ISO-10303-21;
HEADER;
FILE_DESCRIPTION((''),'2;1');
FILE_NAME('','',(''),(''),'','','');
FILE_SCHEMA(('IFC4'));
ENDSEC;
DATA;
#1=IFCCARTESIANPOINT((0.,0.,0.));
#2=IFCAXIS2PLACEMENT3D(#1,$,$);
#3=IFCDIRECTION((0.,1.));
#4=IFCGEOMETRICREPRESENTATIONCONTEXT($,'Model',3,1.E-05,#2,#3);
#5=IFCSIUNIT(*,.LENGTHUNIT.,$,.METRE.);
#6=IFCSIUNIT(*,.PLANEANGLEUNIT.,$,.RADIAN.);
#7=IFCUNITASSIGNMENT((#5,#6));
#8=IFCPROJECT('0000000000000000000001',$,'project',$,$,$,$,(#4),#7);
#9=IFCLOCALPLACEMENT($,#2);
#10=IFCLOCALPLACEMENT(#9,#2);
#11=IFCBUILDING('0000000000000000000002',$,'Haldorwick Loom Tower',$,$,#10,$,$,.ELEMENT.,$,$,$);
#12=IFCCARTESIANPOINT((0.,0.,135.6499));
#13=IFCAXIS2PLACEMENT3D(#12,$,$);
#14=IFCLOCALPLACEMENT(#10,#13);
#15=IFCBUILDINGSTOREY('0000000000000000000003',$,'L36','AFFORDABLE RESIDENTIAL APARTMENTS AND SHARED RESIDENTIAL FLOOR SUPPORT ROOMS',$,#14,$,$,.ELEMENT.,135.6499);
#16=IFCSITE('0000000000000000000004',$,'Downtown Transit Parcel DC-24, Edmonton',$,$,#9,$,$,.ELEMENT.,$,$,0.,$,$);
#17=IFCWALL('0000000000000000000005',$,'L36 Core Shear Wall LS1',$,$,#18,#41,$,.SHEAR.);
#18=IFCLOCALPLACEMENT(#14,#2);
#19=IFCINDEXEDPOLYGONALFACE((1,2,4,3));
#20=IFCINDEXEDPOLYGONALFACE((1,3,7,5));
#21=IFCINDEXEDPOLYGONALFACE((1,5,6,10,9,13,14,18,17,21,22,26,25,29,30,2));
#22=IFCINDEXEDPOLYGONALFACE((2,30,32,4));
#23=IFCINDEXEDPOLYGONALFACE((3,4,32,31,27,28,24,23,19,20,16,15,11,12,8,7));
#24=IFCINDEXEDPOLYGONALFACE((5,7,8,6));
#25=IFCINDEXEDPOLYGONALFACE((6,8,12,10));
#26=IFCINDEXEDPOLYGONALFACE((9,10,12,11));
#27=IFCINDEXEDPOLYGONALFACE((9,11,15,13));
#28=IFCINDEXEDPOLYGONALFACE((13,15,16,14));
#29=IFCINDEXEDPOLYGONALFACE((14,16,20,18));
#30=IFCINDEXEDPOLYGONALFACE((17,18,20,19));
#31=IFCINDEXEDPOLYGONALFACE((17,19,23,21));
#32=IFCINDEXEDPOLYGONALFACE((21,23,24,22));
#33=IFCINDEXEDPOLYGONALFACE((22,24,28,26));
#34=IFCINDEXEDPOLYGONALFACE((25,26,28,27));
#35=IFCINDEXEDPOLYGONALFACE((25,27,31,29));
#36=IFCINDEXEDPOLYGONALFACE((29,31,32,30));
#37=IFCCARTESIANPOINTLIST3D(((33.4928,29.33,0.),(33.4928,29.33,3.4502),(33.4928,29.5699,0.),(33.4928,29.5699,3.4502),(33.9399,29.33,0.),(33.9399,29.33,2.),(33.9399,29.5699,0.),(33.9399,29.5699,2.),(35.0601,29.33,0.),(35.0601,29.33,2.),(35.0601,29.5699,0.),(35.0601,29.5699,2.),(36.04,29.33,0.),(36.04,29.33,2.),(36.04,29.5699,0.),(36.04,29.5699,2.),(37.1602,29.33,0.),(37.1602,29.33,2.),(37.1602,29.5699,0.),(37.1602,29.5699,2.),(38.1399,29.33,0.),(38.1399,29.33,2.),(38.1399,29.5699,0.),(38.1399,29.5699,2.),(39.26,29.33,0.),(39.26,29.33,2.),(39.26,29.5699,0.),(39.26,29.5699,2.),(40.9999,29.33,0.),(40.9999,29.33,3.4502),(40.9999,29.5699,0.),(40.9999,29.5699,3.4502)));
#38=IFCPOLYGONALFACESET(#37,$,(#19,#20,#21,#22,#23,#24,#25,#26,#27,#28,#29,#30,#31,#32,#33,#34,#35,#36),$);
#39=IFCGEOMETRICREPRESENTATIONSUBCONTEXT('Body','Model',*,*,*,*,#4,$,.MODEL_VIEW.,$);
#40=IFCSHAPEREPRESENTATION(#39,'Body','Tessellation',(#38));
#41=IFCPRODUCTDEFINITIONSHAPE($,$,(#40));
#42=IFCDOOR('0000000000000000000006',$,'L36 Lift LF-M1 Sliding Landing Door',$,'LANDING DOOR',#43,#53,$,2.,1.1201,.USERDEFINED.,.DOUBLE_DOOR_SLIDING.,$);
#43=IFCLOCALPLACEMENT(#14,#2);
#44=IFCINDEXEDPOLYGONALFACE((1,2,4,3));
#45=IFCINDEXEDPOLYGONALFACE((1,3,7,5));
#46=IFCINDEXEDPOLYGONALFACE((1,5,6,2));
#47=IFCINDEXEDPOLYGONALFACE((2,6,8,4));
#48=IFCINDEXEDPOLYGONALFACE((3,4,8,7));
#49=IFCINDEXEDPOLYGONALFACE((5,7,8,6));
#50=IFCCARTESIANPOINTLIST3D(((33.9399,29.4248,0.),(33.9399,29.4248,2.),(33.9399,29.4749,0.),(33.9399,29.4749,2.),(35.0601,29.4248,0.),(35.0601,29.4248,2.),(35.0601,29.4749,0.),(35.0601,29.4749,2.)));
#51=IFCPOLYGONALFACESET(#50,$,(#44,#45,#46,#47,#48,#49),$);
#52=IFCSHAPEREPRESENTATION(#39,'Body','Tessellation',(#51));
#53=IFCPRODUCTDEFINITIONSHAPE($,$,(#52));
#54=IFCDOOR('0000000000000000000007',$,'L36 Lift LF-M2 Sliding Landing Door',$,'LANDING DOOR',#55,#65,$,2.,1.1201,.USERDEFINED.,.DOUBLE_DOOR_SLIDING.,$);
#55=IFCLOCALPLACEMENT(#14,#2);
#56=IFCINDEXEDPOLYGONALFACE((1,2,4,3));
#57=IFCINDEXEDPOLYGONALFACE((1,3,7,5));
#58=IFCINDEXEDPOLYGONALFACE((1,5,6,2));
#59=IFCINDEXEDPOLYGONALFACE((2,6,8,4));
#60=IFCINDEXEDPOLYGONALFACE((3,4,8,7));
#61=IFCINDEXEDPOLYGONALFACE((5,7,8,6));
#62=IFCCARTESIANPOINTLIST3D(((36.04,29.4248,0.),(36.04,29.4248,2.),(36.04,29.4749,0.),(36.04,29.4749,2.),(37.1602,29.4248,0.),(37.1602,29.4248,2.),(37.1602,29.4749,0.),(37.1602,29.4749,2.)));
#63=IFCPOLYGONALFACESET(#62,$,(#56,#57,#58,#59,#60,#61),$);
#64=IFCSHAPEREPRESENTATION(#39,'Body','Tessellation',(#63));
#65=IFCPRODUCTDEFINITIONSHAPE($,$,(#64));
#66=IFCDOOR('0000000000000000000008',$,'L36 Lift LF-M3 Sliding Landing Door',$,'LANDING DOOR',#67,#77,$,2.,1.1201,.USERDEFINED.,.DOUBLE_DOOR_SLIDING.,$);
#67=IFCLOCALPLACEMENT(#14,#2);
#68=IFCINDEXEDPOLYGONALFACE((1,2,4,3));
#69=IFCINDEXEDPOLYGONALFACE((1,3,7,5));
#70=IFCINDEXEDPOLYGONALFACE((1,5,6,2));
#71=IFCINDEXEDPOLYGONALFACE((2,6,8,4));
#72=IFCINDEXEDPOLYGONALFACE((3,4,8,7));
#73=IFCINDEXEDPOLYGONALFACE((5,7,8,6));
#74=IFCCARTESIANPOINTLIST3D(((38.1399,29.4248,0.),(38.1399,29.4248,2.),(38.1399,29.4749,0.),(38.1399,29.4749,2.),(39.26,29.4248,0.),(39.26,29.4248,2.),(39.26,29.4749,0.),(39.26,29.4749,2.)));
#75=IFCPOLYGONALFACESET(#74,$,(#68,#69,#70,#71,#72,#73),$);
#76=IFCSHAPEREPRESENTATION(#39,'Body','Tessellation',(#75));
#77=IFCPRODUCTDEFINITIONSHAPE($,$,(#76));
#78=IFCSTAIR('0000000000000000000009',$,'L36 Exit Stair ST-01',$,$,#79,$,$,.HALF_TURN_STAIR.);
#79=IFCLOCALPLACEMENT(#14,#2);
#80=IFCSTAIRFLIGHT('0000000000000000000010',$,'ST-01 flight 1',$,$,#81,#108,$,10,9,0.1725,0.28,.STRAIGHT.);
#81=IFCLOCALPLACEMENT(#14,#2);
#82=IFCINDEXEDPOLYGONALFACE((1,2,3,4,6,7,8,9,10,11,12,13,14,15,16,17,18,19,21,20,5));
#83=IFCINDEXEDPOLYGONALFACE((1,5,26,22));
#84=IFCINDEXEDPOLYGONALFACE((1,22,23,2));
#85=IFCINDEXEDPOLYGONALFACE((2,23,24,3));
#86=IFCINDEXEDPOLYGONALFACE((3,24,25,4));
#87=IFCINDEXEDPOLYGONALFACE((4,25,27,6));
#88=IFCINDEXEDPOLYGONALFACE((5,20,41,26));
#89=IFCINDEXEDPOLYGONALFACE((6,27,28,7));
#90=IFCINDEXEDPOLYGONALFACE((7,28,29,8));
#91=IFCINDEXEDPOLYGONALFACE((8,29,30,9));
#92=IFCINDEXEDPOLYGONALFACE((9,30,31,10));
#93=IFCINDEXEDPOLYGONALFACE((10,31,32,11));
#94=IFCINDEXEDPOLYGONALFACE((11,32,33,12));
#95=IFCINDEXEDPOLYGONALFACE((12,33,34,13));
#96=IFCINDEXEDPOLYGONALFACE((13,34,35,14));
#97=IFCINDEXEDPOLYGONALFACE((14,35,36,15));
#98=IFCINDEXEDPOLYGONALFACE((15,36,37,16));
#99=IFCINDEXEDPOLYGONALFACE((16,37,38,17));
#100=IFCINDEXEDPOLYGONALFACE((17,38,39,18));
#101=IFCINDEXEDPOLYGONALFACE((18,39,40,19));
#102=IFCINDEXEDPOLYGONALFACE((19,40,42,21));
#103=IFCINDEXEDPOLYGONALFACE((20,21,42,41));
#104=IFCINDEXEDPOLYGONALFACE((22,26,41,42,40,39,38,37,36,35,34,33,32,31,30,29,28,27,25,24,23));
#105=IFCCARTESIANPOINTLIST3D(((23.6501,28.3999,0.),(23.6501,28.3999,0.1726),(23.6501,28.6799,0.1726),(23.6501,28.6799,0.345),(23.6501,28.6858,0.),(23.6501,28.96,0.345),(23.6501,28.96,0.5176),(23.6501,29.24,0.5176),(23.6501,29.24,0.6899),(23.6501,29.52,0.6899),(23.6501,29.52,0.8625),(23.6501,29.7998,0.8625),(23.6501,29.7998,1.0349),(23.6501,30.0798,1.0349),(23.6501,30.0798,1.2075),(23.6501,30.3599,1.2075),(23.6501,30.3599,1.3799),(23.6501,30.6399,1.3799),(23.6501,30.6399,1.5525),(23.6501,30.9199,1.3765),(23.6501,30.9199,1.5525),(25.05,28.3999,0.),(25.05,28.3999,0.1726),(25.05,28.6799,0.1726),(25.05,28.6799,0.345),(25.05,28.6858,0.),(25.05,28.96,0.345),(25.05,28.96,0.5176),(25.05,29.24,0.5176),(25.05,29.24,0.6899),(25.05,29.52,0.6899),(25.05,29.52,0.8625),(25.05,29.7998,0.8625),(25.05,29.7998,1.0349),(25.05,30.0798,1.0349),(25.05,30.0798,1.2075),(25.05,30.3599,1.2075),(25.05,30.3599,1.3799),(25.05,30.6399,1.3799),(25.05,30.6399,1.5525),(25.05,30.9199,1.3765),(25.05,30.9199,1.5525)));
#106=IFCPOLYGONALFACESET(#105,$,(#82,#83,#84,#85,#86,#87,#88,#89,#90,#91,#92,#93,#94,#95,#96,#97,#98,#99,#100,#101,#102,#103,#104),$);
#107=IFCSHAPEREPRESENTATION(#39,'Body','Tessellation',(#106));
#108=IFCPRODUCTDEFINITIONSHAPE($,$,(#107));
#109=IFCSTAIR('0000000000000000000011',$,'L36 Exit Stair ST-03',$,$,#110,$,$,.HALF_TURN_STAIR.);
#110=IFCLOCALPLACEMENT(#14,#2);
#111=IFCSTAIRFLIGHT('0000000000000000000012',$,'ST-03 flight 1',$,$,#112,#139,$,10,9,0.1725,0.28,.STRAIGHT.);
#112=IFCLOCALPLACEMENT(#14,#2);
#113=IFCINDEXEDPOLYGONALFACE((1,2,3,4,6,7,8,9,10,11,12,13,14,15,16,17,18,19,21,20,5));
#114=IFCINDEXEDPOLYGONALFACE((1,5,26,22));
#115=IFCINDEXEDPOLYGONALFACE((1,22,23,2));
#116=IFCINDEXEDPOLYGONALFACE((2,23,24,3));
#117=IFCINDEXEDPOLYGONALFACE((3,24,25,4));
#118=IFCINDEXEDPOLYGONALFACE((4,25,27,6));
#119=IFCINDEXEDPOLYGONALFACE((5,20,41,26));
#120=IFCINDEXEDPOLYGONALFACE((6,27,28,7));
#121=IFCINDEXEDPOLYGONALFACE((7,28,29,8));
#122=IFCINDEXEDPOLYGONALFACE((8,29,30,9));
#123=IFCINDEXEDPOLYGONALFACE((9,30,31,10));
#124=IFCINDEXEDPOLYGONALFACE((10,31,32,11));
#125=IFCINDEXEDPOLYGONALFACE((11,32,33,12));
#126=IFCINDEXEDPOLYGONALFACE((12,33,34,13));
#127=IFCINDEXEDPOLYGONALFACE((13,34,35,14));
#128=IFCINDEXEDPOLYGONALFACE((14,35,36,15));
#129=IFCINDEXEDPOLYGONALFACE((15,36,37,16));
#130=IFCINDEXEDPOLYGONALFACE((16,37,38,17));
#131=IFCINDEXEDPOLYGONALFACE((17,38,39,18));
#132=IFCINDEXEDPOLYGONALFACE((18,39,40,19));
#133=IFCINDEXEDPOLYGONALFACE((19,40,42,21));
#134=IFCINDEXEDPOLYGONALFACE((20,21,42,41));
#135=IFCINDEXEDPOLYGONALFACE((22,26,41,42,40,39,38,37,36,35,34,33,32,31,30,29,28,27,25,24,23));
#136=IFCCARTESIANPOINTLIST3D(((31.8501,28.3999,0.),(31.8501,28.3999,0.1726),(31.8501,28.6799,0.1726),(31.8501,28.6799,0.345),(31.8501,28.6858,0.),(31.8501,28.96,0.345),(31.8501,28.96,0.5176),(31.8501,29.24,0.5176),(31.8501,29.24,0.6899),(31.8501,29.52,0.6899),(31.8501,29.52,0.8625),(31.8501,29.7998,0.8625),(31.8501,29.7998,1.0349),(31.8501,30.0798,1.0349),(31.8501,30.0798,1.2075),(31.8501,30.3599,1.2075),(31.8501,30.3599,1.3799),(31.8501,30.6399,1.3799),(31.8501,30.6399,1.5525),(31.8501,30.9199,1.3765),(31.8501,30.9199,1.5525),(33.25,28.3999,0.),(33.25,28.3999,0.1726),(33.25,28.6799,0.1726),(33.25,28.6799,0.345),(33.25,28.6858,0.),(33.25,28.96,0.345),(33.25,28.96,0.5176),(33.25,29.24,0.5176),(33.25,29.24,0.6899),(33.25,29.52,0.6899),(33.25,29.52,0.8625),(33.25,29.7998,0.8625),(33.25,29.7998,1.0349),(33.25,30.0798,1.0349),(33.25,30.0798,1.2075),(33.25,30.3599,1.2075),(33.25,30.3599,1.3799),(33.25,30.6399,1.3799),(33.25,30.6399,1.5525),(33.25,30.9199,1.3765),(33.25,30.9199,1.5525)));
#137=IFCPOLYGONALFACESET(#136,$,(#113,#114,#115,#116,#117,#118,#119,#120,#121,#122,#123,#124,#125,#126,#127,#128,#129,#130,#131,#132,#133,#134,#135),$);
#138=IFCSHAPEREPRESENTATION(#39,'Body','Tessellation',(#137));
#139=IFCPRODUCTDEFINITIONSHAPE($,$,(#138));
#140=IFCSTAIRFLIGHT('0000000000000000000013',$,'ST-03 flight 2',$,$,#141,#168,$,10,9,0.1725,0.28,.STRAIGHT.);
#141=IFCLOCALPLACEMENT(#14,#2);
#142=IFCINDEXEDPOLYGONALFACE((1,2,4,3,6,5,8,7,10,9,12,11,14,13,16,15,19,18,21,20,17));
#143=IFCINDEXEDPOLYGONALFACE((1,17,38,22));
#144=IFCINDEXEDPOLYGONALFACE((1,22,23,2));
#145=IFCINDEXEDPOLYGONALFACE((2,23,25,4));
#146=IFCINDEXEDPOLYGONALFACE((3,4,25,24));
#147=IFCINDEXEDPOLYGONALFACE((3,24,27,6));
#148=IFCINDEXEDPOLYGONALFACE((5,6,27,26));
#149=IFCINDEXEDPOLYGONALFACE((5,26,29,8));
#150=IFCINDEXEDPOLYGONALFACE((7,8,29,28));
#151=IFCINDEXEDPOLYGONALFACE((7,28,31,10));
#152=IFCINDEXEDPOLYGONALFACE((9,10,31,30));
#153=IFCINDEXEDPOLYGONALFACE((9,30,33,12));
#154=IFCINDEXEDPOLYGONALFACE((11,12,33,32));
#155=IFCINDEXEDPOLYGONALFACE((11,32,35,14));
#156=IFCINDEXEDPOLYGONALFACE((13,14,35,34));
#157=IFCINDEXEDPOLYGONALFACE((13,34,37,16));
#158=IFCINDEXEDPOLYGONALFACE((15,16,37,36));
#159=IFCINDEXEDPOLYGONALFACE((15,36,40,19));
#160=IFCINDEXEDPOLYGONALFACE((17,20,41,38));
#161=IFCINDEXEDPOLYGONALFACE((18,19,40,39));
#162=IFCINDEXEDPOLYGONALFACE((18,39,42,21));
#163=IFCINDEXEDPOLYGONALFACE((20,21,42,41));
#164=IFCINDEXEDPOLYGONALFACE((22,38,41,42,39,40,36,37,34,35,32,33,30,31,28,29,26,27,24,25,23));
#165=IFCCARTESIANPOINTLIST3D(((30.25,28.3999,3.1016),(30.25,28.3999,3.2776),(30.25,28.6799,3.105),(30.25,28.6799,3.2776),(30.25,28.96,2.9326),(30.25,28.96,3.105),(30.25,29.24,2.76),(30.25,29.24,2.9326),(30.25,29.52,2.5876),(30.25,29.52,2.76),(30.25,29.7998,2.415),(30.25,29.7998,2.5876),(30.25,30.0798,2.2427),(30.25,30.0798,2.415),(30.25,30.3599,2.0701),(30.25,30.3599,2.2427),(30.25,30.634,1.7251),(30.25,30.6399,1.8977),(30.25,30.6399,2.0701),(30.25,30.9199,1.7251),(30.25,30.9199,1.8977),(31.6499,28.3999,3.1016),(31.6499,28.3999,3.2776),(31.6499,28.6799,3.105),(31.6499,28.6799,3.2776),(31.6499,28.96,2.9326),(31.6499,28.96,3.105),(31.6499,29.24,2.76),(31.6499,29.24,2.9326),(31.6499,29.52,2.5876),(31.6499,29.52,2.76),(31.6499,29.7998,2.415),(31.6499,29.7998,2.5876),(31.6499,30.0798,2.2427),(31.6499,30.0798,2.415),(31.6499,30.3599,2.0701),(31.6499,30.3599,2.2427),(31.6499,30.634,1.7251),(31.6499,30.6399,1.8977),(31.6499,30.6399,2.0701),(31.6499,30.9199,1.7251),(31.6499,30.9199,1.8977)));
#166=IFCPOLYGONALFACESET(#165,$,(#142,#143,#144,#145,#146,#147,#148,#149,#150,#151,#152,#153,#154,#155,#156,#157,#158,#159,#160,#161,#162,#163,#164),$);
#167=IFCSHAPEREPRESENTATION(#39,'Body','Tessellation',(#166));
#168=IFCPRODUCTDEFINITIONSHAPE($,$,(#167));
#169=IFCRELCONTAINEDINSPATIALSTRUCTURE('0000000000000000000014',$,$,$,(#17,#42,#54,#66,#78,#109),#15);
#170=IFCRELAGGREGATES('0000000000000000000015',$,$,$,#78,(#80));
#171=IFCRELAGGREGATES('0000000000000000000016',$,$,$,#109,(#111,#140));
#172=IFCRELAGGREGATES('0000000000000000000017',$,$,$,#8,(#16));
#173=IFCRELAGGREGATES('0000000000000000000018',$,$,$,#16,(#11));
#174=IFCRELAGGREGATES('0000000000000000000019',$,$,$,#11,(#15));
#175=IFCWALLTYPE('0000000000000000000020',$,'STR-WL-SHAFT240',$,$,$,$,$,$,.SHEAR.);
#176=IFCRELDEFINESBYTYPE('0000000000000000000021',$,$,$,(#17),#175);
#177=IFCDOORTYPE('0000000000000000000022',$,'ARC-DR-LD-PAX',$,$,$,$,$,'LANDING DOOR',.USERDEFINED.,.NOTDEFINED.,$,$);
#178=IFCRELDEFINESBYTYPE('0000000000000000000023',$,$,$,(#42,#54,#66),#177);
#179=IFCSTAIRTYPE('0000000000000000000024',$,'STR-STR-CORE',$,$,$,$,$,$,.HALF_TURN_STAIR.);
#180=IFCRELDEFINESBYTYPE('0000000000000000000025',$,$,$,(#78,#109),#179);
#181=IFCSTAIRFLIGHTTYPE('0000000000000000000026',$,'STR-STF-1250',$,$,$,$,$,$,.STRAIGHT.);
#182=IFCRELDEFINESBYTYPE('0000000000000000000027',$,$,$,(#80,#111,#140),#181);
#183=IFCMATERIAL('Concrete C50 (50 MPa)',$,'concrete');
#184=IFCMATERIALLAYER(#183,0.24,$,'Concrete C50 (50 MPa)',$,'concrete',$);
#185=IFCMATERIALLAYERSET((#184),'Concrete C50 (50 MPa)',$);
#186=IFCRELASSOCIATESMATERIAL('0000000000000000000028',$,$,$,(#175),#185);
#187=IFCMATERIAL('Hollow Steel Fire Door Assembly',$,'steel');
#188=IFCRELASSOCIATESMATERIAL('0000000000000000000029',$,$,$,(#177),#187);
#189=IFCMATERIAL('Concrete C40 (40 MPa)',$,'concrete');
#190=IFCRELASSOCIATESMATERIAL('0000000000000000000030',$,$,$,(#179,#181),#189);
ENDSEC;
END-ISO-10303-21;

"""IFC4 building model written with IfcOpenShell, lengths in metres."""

from ifc_helpers import new_model, si_unit, direction, frame, frame_2d, origin, place, context, subcontext, project, spatial, polyline, rectangle, outline, extrude, material, layer, layer_set, type_object, element, fill, aggregate, save


model = new_model("IFC4")

# Units and contexts
model_context = context("Model", 3, precision=1e-05, world=origin(), true_north=direction((0.0, 1.0)))
body_context = subcontext(model_context, "Body", "Model", "MODEL_VIEW")
ifc_project = project(units=[si_unit("LENGTHUNIT", "METRE"), si_unit("PLANEANGLEUNIT", "RADIAN")], contexts=[model_context])

# Site, building, storey
site_placement = place(None, origin())
site = spatial("IfcSite", under=ifc_project, at=site_placement, Name="Downtown Transit Parcel DC-24, Edmonton", CompositionType="ELEMENT", RefElevation=0.0)
building_placement = place(site_placement, origin())
building = spatial("IfcBuilding", under=site, at=building_placement, Name="Haldorwick Loom Tower", CompositionType="ELEMENT")
storey_placement = place(building_placement, frame((0.0, 0.0, 135.6499)))
storey = spatial("IfcBuildingStorey", under=building, at=storey_placement, Name="L36", Description="AFFORDABLE RESIDENTIAL APARTMENTS AND SHARED RESIDENTIAL FLOOR SUPPORT ROOMS", CompositionType="ELEMENT", Elevation=135.6499)

# Shared definitions
ifc_material_1 = material(Name="Concrete C50 (50 MPa)", Category="concrete")
ifc_layer_1 = layer(ifc_material_1, 0.24, Name="Concrete C50 (50 MPa)", Category="concrete")
ifc_layer_set_1 = layer_set([ifc_layer_1], Name="Concrete C50 (50 MPa)")
wall_type_1 = type_object("IfcWallType", Name="STR-WL-SHAFT240", PredefinedType="SHEAR", material=ifc_layer_set_1)

# Shared definitions
ifc_material_2 = material(Name="Hollow Steel Fire Door Assembly", Category="steel")

# Wall, openings, doors
wall_1_placement = place(storey_placement, frame((33.4929, 29.45, 0.0), z_axis=(0.0, 0.0, 1.0), x_axis=(1.0, 0.0, 0.0)))
wall_1 = element("IfcWall", 1, at=wall_1_placement, inside=storey, type_object=wall_type_1, Name="L36 Core Shear Wall LS1", PredefinedType="SHEAR", context=body_context, shape_type="SweptSolid", body=[
    extrude(rectangle(XDim=7.5071, YDim=0.24, at=frame_2d((3.7534, 0.0))), origin(), (0.0, 0.0, 1.0), 3.4502),
])
opening_1_placement = place(wall_1_placement, frame((0.447, 0.0, 0.0)))
opening_1 = element("IfcOpeningElement", 2, at=opening_1_placement, cuts=wall_1, PredefinedType="OPENING", context=body_context, shape_type="SweptSolid", body=[
    extrude(rectangle(XDim=1.1201, YDim=2.0, at=frame_2d((0.5601, 1.0))), frame((0.0, 0.1299, 0.0), z_axis=(0.0, -1.0, 0.0), x_axis=(1.0, 0.0, 0.0)), (0.0, 0.0, 1.0), 0.26),
])
opening_2_placement = place(wall_1_placement, frame((2.5471, 0.0, 0.0)))
opening_2 = element("IfcOpeningElement", 3, at=opening_2_placement, cuts=wall_1, PredefinedType="OPENING", context=body_context, shape_type="SweptSolid", body=[
    extrude(rectangle(XDim=1.1201, YDim=2.0, at=frame_2d((0.5601, 1.0))), frame((0.0, 0.1299, 0.0), z_axis=(0.0, -1.0, 0.0), x_axis=(1.0, 0.0, 0.0)), (0.0, 0.0, 1.0), 0.26),
])
opening_3_placement = place(wall_1_placement, frame((4.647, 0.0, 0.0)))
opening_3 = element("IfcOpeningElement", 4, at=opening_3_placement, cuts=wall_1, PredefinedType="OPENING", context=body_context, shape_type="SweptSolid", body=[
    extrude(rectangle(XDim=1.1201, YDim=2.0, at=frame_2d((0.5601, 1.0))), frame((0.0, 0.1299, 0.0), z_axis=(0.0, -1.0, 0.0), x_axis=(1.0, 0.0, 0.0)), (0.0, 0.0, 1.0), 0.26),
])
door_type_1 = type_object("IfcDoorType", Name="ARC-DR-LD-PAX", ElementType="LANDING DOOR", OperationType="NOTDEFINED", PredefinedType="USERDEFINED", material=ifc_material_2)
door_1_placement = place(opening_1_placement, origin())
door_1 = element("IfcDoor", 5, at=door_1_placement, inside=storey, type_object=door_type_1, Name="L36 Lift LF-M1 Sliding Landing Door", ObjectType="LANDING DOOR", OperationType="DOUBLE_DOOR_SLIDING", OverallHeight=2.0, OverallWidth=1.1201, PredefinedType="USERDEFINED", context=body_context, shape_type="SweptSolid", body=[
    extrude(rectangle(XDim=1.1201, YDim=2.0, at=frame_2d((0.5601, 1.0))), frame((0.0, 0.0249, 0.0), z_axis=(0.0, -1.0, 0.0), x_axis=(1.0, 0.0, 0.0)), (0.0, 0.0, 1.0), 0.05),
])
fill(opening_1, door_1)
door_2_placement = place(opening_2_placement, origin())
door_2 = element("IfcDoor", 6, at=door_2_placement, inside=storey, type_object=door_type_1, Name="L36 Lift LF-M2 Sliding Landing Door", ObjectType="LANDING DOOR", OperationType="DOUBLE_DOOR_SLIDING", OverallHeight=2.0, OverallWidth=1.1201, PredefinedType="USERDEFINED", context=body_context, shape_type="SweptSolid", body=[
    extrude(rectangle(XDim=1.1201, YDim=2.0, at=frame_2d((0.5601, 1.0))), frame((0.0, 0.0249, 0.0), z_axis=(0.0, -1.0, 0.0), x_axis=(1.0, 0.0, 0.0)), (0.0, 0.0, 1.0), 0.05),
])
fill(opening_2, door_2)
door_3_placement = place(opening_3_placement, origin())
door_3 = element("IfcDoor", 7, at=door_3_placement, inside=storey, type_object=door_type_1, Name="L36 Lift LF-M3 Sliding Landing Door", ObjectType="LANDING DOOR", OperationType="DOUBLE_DOOR_SLIDING", OverallHeight=2.0, OverallWidth=1.1201, PredefinedType="USERDEFINED", context=body_context, shape_type="SweptSolid", body=[
    extrude(rectangle(XDim=1.1201, YDim=2.0, at=frame_2d((0.5601, 1.0))), frame((0.0, 0.0249, 0.0), z_axis=(0.0, -1.0, 0.0), x_axis=(1.0, 0.0, 0.0)), (0.0, 0.0, 1.0), 0.05),
])
fill(opening_3, door_3)

# Stair, stair flight
ifc_material_3 = material(Name="Concrete C40 (40 MPa)", Category="concrete")
stair_type = type_object("IfcStairType", Name="STR-STR-CORE", PredefinedType="HALF_TURN_STAIR", material=ifc_material_3)
stair_1_placement = place(storey_placement, origin())
stair_1 = element("IfcStair", 8, at=stair_1_placement, inside=storey, type_object=stair_type, Name="L36 Exit Stair ST-01", PredefinedType="HALF_TURN_STAIR")
stair_flight_type = type_object("IfcStairFlightType", Name="STR-STF-1250", PredefinedType="STRAIGHT", material=ifc_material_3)
stair_flight_1_placement = place(storey_placement, frame((24.3501, 28.3999, 0.0), z_axis=(0.0, 0.0, 1.0), x_axis=(0.0, 1.0, 0.0)))
stair_flight_1 = element("IfcStairFlight", 9, at=stair_flight_1_placement, type_object=stair_flight_type, Name="ST-01 flight 1", NumberOfRisers=10, NumberOfTreads=9, PredefinedType="STRAIGHT", RiserHeight=0.1725, TreadLength=0.28, context=body_context, shape_type="SweptSolid", body=[
    extrude(outline(polyline([(0.0, 0.0), (0.0, 0.1726), (0.28, 0.1726), (0.28, 0.345), (0.5601, 0.345), (0.5601, 0.5176), (0.8401, 0.5176), (0.8401, 0.6899), (1.1201, 0.6899), (1.1201, 0.8625), (1.3999, 0.8625), (1.3999, 1.0349), (1.6799, 1.0349), (1.6799, 1.2075), (1.96, 1.2075), (1.96, 1.3799), (2.24, 1.3799), (2.24, 1.5525), (2.52, 1.5525), (2.52, 1.7251), (2.52, 1.3765), (0.2859, 0.0), (0.0, 0.0)])), frame((0.0, 0.7, 0.0), z_axis=(0.0, -1.0, 0.0), x_axis=(1.0, 0.0, 0.0)), (0.0, 0.0, 1.0), 1.3999),
])
aggregate(stair_1, [stair_flight_1])

# Stair, stair flights
stair_2_placement = place(storey_placement, origin())
stair_2 = element("IfcStair", 10, at=stair_2_placement, inside=storey, type_object=stair_type, Name="L36 Exit Stair ST-03", PredefinedType="HALF_TURN_STAIR")
stair_flight_2_placement = place(storey_placement, frame((32.55, 28.3999, 0.0), z_axis=(0.0, 0.0, 1.0), x_axis=(0.0, 1.0, 0.0)))
stair_flight_2 = element("IfcStairFlight", 11, at=stair_flight_2_placement, type_object=stair_flight_type, Name="ST-03 flight 1", NumberOfRisers=10, NumberOfTreads=9, PredefinedType="STRAIGHT", RiserHeight=0.1725, TreadLength=0.28, context=body_context, shape_type="SweptSolid", body=[
    extrude(outline(polyline([(0.0, 0.0), (0.0, 0.1726), (0.28, 0.1726), (0.28, 0.345), (0.5601, 0.345), (0.5601, 0.5176), (0.8401, 0.5176), (0.8401, 0.6899), (1.1201, 0.6899), (1.1201, 0.8625), (1.3999, 0.8625), (1.3999, 1.0349), (1.6799, 1.0349), (1.6799, 1.2075), (1.96, 1.2075), (1.96, 1.3799), (2.24, 1.3799), (2.24, 1.5525), (2.52, 1.5525), (2.52, 1.7251), (2.52, 1.3765), (0.2859, 0.0), (0.0, 0.0)])), frame((0.0, 0.7, 0.0), z_axis=(0.0, -1.0, 0.0), x_axis=(1.0, 0.0, 0.0)), (0.0, 0.0, 1.0), 1.3999),
])
stair_flight_3_placement = place(storey_placement, frame((30.95, 30.9199, 1.7251), z_axis=(0.0, 0.0, 1.0), x_axis=(0.0, -1.0, 0.0)))
stair_flight_3 = element("IfcStairFlight", 12, at=stair_flight_3_placement, type_object=stair_flight_type, Name="ST-03 flight 2", NumberOfRisers=10, NumberOfTreads=9, PredefinedType="STRAIGHT", RiserHeight=0.1725, TreadLength=0.28, context=body_context, shape_type="SweptSolid", body=[
    extrude(outline(polyline([(0.0, 0.0), (0.0, 0.1726), (0.28, 0.1726), (0.28, 0.345), (0.5601, 0.345), (0.5601, 0.5176), (0.8401, 0.5176), (0.8401, 0.6899), (1.1201, 0.6899), (1.1201, 0.8625), (1.3999, 0.8625), (1.3999, 1.0349), (1.6799, 1.0349), (1.6799, 1.2075), (1.96, 1.2075), (1.96, 1.3799), (2.24, 1.3799), (2.24, 1.5525), (2.52, 1.5525), (2.52, 1.7251), (2.52, 1.3765), (0.2859, 0.0), (0.0, 0.0)])), frame((0.0, 0.7, 0.0), z_axis=(0.0, -1.0, 0.0), x_axis=(1.0, 0.0, 0.0)), (0.0, 0.0, 1.0), 1.3999),
])
aggregate(stair_2, [stair_flight_2, stair_flight_3])

save(model, "model.ifc")
